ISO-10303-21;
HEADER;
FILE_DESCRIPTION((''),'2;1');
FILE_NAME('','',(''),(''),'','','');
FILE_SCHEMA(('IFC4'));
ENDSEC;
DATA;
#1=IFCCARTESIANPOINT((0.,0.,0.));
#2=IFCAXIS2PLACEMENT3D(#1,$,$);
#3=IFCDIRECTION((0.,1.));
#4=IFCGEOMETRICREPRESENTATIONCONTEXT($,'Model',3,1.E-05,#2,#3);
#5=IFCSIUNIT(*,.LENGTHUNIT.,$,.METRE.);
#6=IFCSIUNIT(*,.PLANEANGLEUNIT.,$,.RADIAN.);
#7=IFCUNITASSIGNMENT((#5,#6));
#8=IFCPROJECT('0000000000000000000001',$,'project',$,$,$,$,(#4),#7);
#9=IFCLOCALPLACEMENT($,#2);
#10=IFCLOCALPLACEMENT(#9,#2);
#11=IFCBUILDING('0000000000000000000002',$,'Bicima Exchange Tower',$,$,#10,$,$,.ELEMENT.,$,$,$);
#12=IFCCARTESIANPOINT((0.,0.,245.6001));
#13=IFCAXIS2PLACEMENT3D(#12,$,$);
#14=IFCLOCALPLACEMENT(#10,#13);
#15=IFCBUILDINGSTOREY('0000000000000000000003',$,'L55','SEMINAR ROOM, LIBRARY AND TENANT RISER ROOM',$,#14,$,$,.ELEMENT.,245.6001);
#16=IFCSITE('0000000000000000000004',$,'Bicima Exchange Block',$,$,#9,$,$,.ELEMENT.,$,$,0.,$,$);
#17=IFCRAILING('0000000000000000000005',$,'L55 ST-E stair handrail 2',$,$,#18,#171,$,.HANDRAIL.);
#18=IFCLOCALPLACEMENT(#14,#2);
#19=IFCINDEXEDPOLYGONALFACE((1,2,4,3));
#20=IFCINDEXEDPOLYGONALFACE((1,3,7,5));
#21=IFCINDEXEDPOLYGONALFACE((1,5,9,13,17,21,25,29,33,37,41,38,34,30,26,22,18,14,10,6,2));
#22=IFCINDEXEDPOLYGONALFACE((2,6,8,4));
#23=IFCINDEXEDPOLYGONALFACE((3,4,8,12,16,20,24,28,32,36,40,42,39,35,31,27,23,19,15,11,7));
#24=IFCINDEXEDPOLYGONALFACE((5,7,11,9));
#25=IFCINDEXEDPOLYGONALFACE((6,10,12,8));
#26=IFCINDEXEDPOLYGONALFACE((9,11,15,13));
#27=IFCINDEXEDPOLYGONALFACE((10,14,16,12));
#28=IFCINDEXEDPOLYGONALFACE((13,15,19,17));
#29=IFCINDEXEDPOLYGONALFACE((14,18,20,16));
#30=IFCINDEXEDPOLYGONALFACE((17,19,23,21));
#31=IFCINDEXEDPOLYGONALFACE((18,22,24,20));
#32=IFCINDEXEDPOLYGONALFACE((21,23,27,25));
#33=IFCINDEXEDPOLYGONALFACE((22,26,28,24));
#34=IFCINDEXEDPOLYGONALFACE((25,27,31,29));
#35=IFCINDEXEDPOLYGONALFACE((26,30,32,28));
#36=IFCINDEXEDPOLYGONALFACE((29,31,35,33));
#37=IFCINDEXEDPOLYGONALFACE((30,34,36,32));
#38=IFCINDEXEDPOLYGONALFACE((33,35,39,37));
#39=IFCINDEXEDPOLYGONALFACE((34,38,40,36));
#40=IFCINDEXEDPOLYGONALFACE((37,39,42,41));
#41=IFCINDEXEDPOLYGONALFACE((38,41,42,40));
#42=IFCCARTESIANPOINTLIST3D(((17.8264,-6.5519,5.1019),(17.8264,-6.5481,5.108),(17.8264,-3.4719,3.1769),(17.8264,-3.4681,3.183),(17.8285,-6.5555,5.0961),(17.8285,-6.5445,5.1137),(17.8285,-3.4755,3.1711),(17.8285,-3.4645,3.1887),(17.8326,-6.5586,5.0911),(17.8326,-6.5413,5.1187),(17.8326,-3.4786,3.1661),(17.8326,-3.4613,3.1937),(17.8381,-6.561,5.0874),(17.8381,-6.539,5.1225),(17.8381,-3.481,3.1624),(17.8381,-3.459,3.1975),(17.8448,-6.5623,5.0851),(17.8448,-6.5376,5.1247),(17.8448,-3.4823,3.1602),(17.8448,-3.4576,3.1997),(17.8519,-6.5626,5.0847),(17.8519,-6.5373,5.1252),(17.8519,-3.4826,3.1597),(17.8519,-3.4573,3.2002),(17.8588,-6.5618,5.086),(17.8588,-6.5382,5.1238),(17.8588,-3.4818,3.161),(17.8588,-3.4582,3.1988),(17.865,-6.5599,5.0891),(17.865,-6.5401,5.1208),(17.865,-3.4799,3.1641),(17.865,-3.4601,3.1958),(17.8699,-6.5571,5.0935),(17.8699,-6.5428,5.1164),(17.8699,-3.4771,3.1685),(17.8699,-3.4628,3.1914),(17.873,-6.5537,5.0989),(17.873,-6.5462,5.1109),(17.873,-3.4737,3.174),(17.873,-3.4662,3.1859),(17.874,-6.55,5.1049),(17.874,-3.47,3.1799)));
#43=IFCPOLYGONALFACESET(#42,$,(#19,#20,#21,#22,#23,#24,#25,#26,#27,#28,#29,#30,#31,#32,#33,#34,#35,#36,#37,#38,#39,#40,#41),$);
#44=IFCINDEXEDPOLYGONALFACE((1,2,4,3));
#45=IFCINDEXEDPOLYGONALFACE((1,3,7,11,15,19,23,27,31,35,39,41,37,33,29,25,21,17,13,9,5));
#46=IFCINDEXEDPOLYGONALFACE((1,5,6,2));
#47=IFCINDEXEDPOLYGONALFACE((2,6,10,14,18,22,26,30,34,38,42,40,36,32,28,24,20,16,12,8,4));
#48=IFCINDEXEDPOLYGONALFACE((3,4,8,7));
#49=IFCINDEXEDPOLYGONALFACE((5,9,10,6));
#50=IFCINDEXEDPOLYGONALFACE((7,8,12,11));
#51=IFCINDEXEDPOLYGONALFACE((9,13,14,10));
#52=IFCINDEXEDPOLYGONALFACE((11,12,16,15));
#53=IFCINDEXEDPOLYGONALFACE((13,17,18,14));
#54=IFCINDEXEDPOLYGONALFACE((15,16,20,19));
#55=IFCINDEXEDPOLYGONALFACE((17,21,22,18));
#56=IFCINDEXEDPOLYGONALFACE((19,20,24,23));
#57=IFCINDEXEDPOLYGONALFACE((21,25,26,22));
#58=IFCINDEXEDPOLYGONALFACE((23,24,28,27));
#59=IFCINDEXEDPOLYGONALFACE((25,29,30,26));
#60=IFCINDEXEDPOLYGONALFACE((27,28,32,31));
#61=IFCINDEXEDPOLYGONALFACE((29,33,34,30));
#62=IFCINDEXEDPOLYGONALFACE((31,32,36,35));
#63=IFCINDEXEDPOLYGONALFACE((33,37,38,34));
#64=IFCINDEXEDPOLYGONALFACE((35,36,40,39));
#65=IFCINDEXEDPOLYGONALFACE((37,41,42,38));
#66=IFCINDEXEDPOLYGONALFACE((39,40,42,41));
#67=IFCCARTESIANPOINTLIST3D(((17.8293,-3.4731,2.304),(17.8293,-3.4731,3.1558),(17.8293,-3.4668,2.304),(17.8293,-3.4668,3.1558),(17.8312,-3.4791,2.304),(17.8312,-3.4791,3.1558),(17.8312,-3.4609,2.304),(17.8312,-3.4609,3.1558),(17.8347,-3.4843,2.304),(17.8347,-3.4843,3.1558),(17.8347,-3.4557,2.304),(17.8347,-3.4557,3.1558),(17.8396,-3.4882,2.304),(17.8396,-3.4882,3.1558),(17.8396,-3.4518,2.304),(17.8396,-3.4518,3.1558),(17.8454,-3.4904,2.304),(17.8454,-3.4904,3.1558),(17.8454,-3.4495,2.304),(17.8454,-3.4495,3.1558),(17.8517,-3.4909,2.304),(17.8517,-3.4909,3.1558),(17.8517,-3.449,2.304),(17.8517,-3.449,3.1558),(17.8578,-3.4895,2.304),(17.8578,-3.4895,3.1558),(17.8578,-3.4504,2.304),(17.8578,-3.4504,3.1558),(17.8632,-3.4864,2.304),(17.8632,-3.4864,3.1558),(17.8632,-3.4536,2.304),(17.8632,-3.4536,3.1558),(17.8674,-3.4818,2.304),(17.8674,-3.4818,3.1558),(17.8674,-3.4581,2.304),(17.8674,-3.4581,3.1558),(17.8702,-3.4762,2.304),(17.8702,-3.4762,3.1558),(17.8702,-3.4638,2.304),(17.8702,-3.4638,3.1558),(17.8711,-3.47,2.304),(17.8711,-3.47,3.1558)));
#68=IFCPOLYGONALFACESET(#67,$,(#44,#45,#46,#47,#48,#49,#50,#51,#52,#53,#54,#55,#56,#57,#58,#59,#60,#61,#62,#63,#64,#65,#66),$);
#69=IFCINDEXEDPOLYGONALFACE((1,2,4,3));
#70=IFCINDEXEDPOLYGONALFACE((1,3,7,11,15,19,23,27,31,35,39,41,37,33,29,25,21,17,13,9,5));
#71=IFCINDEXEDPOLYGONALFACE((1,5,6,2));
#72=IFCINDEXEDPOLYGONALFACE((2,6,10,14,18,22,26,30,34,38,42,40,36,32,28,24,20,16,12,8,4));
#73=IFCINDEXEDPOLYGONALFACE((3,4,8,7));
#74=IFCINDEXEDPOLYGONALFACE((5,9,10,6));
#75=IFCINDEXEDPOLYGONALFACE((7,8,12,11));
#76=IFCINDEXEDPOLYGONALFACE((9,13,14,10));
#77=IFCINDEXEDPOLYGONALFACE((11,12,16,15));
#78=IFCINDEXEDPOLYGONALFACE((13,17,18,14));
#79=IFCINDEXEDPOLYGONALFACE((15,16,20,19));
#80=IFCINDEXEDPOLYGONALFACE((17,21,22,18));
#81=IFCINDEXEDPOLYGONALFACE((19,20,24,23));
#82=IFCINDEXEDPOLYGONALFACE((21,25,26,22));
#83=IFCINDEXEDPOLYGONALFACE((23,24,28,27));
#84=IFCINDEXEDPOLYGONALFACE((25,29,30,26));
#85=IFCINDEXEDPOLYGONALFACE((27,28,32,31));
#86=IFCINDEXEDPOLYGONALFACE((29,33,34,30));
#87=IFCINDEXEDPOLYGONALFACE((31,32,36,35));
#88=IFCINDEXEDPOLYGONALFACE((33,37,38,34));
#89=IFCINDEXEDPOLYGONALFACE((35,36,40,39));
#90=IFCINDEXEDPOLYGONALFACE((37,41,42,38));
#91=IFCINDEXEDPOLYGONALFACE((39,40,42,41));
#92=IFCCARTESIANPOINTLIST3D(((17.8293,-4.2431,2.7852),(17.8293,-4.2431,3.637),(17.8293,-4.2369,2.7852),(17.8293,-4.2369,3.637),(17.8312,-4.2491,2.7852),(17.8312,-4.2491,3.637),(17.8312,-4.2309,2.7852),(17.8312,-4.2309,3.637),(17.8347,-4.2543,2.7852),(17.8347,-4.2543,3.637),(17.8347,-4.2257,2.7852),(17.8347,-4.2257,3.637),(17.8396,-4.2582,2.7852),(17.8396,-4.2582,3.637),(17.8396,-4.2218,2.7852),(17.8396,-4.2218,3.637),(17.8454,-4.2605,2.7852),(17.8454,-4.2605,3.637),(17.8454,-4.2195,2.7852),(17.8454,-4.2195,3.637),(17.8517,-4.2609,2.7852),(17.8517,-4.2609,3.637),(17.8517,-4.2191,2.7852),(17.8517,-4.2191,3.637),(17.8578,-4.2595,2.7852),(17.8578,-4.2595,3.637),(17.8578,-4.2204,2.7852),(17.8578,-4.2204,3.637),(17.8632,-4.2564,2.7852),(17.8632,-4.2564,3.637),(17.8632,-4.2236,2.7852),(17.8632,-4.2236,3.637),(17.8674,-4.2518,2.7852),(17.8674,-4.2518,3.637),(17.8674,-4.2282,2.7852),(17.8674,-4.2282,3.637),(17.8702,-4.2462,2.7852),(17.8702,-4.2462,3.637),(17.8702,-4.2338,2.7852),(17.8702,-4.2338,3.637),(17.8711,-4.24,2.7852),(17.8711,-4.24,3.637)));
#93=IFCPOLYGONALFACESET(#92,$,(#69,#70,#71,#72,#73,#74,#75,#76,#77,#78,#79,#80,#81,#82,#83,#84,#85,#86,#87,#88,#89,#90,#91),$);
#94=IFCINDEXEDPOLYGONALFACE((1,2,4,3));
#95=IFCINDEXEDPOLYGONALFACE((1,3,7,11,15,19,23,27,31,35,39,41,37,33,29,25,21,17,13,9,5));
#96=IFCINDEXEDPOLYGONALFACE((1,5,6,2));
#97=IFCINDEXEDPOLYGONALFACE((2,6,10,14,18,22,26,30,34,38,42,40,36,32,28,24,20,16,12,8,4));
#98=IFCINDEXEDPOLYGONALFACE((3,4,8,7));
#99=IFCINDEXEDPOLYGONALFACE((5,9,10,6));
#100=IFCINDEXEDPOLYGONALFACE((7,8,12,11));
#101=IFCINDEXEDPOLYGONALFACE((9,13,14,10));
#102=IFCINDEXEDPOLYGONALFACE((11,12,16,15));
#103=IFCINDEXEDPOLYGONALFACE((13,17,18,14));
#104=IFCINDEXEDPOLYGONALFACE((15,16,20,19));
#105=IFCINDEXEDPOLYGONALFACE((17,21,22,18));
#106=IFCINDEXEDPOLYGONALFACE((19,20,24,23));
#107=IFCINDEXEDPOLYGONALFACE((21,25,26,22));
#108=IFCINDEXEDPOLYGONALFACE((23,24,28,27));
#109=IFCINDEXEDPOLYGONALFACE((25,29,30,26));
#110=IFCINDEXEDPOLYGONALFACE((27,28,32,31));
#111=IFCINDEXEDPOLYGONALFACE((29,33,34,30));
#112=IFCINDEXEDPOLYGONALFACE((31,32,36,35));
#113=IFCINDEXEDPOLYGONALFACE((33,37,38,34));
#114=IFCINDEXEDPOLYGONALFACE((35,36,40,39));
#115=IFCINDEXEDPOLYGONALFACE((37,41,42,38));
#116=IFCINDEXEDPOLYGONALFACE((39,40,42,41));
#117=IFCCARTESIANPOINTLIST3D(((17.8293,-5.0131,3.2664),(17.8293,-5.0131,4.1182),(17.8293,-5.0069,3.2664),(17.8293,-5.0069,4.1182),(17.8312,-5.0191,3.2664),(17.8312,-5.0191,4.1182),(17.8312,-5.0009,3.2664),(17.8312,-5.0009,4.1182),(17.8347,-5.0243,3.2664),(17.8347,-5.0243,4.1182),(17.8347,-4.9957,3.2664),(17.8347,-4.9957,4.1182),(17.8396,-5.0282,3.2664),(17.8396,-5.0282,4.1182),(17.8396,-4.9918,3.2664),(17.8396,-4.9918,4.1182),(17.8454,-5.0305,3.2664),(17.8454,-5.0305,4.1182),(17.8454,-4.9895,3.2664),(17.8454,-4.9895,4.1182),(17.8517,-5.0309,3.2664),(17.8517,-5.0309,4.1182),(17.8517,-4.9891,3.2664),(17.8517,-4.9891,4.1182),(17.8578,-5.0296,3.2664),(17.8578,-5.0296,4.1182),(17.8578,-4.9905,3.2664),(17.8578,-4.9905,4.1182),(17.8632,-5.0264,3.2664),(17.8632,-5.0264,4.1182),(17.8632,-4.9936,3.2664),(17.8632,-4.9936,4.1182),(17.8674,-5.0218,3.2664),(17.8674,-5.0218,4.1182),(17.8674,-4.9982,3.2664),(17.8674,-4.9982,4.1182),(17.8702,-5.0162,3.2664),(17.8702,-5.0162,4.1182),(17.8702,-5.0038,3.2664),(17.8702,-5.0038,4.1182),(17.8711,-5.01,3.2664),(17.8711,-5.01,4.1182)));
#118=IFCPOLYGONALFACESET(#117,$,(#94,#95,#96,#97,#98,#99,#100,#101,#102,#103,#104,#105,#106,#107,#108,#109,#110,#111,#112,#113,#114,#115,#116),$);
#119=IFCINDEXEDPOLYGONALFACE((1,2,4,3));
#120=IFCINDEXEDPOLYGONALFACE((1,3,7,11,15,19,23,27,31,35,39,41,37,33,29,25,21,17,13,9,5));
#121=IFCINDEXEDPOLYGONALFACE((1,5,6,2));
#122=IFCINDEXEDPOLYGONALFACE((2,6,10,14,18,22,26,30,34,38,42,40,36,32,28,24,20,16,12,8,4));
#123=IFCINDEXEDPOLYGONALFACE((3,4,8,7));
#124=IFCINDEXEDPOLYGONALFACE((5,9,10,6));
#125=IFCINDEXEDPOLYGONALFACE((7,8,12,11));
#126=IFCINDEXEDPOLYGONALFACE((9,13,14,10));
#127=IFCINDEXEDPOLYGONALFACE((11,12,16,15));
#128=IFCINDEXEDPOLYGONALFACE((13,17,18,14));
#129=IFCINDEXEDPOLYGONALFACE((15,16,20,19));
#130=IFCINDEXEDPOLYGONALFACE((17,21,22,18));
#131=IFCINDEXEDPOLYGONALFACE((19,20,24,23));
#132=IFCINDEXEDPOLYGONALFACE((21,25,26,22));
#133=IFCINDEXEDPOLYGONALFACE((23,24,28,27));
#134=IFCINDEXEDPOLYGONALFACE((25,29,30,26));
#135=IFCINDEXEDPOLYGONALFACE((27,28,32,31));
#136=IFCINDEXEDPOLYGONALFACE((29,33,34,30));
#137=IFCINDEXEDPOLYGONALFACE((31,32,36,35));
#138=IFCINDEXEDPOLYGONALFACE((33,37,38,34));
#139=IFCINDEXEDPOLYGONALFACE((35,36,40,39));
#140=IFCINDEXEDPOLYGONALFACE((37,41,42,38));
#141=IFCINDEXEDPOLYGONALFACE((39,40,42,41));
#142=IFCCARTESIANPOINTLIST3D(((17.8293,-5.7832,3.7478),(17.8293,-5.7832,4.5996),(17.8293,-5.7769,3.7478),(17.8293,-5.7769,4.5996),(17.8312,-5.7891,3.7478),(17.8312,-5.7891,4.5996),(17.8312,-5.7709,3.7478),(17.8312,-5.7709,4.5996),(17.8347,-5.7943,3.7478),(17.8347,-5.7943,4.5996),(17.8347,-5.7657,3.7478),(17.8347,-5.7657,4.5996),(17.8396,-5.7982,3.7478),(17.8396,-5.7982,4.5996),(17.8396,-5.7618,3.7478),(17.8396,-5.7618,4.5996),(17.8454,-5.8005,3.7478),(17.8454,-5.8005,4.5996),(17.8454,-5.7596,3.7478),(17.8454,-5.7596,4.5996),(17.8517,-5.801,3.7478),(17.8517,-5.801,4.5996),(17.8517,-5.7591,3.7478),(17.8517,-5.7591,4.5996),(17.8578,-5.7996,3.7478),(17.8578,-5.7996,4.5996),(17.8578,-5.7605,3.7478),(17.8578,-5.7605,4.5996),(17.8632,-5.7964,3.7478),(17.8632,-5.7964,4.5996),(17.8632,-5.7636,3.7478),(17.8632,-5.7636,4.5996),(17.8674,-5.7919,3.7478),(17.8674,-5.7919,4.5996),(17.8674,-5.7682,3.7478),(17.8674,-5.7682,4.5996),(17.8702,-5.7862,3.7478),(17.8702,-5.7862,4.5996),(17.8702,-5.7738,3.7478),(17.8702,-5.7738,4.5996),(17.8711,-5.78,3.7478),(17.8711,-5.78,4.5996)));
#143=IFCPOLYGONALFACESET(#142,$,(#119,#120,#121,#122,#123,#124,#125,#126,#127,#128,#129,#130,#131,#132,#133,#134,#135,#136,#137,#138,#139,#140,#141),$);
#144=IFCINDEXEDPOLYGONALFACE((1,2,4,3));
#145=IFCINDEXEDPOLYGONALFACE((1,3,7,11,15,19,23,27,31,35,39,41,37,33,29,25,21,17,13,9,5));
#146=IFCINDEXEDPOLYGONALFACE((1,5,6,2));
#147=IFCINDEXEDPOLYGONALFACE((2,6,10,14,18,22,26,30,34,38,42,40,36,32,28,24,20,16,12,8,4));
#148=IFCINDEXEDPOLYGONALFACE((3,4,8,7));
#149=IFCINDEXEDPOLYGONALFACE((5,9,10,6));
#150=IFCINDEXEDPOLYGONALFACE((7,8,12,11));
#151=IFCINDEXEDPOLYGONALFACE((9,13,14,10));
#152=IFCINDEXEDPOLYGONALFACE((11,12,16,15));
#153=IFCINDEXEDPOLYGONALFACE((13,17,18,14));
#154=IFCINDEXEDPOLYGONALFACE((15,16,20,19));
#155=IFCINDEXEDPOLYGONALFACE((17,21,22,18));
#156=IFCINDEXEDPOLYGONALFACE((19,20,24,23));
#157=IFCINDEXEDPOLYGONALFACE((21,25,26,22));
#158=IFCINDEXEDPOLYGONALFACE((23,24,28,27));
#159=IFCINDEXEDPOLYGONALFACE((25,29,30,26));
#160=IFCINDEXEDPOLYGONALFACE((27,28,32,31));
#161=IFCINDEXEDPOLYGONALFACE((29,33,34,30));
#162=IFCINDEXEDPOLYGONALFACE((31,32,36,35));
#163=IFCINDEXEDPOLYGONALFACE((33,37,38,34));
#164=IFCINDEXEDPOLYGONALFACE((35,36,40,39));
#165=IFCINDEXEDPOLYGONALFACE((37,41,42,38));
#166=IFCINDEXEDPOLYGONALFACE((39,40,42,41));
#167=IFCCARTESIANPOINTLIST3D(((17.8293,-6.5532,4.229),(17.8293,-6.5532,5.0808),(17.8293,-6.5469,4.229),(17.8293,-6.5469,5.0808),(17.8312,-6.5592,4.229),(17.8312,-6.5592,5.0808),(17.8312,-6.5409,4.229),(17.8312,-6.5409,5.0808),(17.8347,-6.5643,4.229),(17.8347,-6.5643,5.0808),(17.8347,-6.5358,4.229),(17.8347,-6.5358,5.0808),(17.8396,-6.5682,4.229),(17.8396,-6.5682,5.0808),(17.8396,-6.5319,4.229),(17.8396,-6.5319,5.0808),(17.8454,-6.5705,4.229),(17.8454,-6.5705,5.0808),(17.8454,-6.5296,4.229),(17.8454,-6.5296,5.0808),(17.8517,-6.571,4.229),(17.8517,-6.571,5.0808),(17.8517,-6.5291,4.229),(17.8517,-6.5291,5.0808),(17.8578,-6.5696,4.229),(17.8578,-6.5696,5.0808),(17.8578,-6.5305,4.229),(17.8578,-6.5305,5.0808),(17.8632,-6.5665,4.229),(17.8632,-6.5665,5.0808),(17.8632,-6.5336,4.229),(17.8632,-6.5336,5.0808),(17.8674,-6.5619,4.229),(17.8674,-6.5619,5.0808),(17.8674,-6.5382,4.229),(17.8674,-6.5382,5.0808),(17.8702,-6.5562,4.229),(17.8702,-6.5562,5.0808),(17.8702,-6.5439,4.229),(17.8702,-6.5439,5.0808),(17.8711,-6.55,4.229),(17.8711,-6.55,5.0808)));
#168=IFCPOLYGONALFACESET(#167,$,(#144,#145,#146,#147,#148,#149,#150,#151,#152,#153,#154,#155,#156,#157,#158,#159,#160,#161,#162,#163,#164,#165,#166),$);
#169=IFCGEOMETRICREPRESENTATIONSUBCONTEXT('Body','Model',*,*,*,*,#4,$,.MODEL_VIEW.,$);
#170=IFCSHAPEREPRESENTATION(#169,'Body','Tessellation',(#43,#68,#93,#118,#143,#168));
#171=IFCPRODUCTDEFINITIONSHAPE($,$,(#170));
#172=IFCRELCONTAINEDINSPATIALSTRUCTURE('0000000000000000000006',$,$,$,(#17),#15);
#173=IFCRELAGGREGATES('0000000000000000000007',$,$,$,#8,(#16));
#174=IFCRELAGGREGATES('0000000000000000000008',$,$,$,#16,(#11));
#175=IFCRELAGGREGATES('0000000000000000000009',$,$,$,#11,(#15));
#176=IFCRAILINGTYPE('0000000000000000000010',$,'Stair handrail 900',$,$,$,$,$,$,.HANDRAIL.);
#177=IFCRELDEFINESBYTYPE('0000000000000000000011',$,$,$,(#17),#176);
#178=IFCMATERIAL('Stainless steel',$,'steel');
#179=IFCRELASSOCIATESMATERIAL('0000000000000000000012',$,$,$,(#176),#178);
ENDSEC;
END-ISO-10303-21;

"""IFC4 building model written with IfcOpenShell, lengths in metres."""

from ifc_helpers import new_model, si_unit, direction, frame, origin, origin_2d, place, context, subcontext, project, spatial, circle, extrude, material, type_object, element, save


model = new_model("IFC4")

# Units and contexts
model_context = context("Model", 3, precision=1e-05, world=origin(), true_north=direction((0.0, 1.0)))
body_context = subcontext(model_context, "Body", "Model", "MODEL_VIEW")
ifc_project = project(units=[si_unit("LENGTHUNIT", "METRE"), si_unit("PLANEANGLEUNIT", "RADIAN")], contexts=[model_context])

# Site, building, storey
site_placement = place(None, origin())
site = spatial("IfcSite", under=ifc_project, at=site_placement, Name="Bicima Exchange Block", CompositionType="ELEMENT", RefElevation=0.0)
building_placement = place(site_placement, origin())
building = spatial("IfcBuilding", under=site, at=building_placement, Name="Bicima Exchange Tower", CompositionType="ELEMENT")
storey_placement = place(building_placement, frame((0.0, 0.0, 245.6001)))
storey = spatial("IfcBuildingStorey", under=building, at=storey_placement, Name="L55", Description="SEMINAR ROOM, LIBRARY AND TENANT RISER ROOM", CompositionType="ELEMENT", Elevation=245.6001)

# Railing
ifc_material_1 = material(Name="Stainless steel", Category="steel")
railing_type_1 = type_object("IfcRailingType", Name="Stair handrail 900", PredefinedType="HANDRAIL", material=ifc_material_1)
for number, where, name in (
    (1, (17.8501, -3.47, 2.304), "L55 ST-E stair handrail 2"),
):
    element("IfcRailing", number, at=place(storey_placement, frame(where)), inside=storey, type_object=railing_type_1, Name=name, PredefinedType="HANDRAIL", context=body_context, shape_type="SweptSolid", body=[
        extrude(circle(Radius=0.0239, at=origin_2d()), frame((0.0, 0.0, 0.876), z_axis=(0.0, -0.847998, 0.529999), x_axis=(1.0, 0.0, 0.0)), (0.0, 0.0, 1.0), 3.6321),
        extrude(circle(Radius=0.021, at=origin_2d()), origin(), (0.0, 0.0, 1.0), 0.8518),
        extrude(circle(Radius=0.021, at=origin_2d()), frame((0.0, -0.77, 0.4812)), (0.0, 0.0, 1.0), 0.8518),
        extrude(circle(Radius=0.021, at=origin_2d()), frame((0.0, -1.54, 0.9624)), (0.0, 0.0, 1.0), 0.8518),
        extrude(circle(Radius=0.021, at=origin_2d()), frame((0.0, -2.3101, 1.4438)), (0.0, 0.0, 1.0), 0.8518),
        extrude(circle(Radius=0.021, at=origin_2d()), frame((0.0, -3.0801, 1.925)), (0.0, 0.0, 1.0), 0.8518),
    ])

save(model, "model.ifc")
